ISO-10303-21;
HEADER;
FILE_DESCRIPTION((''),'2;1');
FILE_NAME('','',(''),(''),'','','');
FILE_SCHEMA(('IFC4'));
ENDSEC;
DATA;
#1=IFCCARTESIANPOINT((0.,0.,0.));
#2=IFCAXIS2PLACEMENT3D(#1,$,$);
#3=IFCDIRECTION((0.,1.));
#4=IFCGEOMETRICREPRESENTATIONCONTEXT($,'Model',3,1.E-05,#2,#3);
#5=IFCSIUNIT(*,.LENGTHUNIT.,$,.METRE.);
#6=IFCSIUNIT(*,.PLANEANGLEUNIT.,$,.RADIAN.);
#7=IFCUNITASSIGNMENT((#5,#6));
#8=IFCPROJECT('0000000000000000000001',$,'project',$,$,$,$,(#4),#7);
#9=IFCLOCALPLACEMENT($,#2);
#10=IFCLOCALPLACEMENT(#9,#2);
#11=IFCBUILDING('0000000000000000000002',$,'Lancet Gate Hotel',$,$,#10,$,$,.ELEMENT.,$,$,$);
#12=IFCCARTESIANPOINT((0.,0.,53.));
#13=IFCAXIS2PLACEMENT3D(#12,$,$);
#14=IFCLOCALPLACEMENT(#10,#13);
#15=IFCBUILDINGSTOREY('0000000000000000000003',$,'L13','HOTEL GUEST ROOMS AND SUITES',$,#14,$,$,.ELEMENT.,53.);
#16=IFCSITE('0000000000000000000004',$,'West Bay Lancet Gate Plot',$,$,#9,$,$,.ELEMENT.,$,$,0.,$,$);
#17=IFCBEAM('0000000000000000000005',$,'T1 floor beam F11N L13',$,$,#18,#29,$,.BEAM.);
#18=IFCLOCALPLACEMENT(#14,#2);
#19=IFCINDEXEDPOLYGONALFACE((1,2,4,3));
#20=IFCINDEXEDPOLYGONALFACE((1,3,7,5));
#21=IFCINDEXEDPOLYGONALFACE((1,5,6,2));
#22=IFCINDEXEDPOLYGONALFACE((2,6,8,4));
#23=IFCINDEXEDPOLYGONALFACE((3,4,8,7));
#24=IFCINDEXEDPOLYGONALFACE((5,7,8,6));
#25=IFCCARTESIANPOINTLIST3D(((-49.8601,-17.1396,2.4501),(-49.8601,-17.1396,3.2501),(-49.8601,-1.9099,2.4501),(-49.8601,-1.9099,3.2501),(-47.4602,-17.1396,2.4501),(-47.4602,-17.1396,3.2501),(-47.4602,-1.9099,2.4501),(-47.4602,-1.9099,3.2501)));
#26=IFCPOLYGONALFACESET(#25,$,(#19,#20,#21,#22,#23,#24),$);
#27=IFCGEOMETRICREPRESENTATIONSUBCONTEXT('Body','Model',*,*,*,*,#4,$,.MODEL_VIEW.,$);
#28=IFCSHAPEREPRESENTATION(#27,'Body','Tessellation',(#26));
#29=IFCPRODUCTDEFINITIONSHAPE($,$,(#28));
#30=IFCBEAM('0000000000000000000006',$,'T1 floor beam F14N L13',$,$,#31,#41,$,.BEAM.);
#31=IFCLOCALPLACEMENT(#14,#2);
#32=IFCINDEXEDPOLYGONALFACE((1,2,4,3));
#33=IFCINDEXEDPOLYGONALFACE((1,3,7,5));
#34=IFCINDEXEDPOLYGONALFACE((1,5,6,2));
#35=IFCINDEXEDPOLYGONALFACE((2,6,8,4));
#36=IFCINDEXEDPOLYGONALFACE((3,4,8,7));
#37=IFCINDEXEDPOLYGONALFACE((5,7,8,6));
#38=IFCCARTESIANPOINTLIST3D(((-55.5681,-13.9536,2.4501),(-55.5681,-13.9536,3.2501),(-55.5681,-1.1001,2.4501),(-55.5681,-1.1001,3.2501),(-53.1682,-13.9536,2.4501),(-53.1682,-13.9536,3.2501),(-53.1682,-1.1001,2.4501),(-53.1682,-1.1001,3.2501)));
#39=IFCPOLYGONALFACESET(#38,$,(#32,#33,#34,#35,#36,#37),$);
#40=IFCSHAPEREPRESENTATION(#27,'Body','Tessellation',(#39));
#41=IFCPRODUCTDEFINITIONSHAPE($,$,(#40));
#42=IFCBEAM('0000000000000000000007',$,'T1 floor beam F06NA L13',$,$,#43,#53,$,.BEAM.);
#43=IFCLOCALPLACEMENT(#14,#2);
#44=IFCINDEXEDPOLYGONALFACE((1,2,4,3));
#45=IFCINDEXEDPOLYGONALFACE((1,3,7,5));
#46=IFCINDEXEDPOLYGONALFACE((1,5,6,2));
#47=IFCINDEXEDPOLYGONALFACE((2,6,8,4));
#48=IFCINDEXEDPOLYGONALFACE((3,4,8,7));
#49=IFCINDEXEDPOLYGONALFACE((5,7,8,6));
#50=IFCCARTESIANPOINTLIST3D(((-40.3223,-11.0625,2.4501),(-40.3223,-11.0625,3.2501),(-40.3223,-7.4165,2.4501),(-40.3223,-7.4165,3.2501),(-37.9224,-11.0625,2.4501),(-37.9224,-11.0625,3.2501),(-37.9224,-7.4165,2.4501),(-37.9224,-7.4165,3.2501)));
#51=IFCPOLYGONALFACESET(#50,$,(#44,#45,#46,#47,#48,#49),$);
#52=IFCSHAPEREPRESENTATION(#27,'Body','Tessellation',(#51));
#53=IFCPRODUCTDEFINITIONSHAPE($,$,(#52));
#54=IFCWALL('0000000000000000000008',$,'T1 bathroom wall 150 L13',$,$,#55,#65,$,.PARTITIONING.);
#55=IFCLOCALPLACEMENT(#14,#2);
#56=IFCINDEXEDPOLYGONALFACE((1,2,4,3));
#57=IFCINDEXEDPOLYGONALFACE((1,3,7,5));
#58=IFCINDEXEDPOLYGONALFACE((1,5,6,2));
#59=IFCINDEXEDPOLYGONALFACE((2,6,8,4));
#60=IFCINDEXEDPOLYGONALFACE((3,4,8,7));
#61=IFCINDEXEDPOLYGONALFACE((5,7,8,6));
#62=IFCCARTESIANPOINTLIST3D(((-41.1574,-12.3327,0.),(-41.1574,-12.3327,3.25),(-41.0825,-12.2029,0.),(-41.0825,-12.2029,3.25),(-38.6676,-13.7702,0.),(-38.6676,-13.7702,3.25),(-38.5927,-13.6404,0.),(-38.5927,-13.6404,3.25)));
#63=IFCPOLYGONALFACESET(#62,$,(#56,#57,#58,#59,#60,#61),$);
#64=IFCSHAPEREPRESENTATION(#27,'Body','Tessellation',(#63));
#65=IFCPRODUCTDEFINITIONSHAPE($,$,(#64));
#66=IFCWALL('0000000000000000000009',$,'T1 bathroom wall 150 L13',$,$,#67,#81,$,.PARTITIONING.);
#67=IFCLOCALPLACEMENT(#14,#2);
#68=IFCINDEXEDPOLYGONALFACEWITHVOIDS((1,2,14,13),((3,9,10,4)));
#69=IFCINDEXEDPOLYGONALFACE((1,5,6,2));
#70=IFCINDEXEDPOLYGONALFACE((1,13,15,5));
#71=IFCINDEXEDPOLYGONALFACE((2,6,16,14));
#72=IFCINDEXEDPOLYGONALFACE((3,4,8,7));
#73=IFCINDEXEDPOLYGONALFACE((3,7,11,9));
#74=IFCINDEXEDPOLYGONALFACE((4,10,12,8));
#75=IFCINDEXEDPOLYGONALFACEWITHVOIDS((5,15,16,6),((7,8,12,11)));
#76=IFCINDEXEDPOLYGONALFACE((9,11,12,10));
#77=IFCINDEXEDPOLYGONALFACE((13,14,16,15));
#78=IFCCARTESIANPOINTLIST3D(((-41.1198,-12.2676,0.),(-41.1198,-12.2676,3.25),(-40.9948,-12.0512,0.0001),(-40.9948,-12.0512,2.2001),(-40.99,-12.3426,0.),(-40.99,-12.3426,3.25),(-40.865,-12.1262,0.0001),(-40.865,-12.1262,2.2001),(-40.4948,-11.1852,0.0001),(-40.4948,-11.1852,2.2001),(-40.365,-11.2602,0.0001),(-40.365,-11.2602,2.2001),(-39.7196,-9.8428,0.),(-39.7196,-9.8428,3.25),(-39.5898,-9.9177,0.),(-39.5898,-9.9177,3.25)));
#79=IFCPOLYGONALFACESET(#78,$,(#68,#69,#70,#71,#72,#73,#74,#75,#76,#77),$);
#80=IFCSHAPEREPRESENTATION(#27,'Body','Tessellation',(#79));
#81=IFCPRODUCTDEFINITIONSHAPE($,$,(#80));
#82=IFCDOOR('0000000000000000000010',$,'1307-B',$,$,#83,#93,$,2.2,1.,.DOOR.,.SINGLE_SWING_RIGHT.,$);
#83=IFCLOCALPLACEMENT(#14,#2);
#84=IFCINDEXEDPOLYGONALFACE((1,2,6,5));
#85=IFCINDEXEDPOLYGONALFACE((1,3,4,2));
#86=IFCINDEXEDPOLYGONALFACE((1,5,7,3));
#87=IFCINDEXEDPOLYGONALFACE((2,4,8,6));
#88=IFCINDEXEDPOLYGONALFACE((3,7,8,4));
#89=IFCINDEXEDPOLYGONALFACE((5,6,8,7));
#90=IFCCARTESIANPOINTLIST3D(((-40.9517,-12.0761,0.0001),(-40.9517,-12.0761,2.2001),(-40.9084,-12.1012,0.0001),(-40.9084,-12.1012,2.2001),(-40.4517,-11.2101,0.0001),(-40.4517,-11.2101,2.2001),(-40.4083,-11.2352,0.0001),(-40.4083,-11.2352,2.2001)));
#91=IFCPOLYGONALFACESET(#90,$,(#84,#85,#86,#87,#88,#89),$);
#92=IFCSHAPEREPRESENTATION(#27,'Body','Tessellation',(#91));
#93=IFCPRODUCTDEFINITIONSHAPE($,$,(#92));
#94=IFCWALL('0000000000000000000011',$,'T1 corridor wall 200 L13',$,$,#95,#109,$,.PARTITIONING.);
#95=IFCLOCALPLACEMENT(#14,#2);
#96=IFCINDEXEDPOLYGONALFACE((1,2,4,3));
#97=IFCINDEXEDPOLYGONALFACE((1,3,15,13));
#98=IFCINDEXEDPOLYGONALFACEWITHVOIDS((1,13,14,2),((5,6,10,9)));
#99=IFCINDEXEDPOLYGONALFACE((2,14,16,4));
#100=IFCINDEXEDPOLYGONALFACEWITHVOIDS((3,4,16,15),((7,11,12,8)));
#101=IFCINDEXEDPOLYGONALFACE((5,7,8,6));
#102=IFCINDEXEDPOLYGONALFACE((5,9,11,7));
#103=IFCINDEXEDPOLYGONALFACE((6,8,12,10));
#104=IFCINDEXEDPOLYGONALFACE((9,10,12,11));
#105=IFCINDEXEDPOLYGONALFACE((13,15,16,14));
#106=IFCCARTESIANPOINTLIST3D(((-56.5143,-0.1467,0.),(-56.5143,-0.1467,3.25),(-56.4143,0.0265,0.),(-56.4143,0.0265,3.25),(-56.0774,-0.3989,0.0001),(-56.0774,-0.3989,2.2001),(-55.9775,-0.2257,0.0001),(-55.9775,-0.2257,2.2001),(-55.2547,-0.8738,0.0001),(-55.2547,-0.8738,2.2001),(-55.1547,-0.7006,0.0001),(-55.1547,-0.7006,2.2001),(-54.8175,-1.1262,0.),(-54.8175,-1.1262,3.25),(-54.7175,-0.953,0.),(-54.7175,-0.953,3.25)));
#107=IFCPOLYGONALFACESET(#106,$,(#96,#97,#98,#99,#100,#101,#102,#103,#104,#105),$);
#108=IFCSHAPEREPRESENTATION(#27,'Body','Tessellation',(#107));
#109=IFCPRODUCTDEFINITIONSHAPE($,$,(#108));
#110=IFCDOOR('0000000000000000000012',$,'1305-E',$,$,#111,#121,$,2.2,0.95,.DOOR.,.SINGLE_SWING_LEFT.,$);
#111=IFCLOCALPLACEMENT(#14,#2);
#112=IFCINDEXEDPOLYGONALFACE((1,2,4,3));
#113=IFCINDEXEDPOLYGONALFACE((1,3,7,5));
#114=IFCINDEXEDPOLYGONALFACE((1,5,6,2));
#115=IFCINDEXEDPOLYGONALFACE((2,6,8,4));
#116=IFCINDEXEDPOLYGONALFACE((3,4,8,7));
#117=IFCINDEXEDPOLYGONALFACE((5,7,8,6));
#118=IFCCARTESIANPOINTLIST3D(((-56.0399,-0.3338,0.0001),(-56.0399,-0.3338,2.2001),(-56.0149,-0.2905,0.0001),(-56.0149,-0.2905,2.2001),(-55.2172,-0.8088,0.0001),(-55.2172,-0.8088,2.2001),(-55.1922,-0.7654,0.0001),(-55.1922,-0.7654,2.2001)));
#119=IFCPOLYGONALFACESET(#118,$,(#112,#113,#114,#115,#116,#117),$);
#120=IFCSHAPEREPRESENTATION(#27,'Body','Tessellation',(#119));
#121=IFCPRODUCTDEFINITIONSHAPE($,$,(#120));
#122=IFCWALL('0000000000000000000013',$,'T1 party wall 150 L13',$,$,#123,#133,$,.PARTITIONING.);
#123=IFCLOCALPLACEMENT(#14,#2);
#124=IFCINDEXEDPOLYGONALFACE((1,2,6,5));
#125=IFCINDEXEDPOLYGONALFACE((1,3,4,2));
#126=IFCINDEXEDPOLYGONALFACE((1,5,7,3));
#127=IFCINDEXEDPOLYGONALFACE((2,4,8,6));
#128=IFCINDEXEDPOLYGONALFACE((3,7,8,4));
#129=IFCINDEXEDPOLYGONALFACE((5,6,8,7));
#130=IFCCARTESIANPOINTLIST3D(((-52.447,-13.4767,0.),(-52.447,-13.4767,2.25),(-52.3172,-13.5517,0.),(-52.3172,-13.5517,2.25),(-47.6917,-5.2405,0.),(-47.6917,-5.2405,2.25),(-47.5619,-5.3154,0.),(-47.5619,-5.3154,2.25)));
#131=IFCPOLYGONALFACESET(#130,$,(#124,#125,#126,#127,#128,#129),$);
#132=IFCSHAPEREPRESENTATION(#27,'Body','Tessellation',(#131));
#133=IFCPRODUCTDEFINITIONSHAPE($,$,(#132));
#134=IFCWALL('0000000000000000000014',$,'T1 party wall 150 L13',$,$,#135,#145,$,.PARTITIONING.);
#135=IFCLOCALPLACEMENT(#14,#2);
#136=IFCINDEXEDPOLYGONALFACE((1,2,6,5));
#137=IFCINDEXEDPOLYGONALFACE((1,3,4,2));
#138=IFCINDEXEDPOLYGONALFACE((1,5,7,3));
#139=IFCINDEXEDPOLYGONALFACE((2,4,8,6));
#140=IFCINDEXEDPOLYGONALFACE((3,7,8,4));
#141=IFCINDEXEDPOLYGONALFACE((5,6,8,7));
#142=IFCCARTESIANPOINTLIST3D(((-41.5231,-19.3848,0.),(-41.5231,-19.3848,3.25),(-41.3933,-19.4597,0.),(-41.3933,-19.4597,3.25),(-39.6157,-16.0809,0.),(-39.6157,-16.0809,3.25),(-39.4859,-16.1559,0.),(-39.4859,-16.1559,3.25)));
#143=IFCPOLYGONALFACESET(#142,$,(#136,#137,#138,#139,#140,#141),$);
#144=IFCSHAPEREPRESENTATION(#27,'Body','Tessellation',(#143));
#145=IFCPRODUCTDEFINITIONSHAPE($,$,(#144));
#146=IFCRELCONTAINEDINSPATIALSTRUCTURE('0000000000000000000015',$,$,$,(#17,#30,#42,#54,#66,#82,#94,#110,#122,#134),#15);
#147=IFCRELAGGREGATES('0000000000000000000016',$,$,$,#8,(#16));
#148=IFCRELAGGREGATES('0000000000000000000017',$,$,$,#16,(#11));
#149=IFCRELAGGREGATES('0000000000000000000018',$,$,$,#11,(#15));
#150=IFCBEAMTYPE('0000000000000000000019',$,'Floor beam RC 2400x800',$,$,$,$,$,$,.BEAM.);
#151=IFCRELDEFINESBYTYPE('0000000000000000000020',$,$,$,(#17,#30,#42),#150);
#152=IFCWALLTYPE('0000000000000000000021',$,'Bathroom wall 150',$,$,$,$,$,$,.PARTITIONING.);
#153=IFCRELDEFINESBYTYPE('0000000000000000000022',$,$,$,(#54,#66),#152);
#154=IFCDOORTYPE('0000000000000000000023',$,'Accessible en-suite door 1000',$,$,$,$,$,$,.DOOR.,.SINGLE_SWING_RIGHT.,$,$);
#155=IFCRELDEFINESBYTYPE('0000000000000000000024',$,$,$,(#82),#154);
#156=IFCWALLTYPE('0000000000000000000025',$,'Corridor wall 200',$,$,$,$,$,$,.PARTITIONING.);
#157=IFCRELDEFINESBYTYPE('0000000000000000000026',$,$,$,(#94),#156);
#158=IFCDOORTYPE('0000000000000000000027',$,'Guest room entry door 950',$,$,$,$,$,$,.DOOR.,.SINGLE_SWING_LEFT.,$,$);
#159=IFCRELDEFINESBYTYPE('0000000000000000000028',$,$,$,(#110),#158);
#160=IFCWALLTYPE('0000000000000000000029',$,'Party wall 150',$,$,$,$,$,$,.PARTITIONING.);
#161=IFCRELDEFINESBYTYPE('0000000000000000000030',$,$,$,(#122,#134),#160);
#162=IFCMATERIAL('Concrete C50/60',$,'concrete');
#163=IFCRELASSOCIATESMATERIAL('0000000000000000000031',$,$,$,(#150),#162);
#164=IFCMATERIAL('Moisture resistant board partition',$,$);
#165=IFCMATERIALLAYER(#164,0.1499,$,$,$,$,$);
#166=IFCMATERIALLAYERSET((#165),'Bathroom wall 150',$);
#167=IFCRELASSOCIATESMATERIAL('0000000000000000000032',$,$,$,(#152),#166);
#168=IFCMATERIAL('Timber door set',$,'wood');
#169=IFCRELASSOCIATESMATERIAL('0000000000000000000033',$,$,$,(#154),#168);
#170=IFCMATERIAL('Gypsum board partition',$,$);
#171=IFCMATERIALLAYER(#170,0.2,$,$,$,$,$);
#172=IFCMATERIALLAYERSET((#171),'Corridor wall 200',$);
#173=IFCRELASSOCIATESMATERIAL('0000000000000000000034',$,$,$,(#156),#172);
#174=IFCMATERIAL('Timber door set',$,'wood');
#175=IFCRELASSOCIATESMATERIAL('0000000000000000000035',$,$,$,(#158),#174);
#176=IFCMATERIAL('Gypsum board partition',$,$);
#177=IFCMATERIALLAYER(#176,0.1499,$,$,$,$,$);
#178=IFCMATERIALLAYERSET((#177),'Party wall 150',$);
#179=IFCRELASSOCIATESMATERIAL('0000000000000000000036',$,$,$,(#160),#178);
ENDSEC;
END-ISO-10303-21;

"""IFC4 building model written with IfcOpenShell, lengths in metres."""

from ifc_helpers import new_model, si_unit, direction, frame, frame_2d, origin, origin_2d, place, context, subcontext, project, spatial, rectangle, extrude, material, layer, layer_set, material_profile, profile_set, type_object, element, fill, save


model = new_model("IFC4")

# Units and contexts
model_context = context("Model", 3, precision=1e-05, world=origin(), true_north=direction((0.0, 1.0)))
body_context = subcontext(model_context, "Body", "Model", "MODEL_VIEW")
ifc_project = project(units=[si_unit("LENGTHUNIT", "METRE"), si_unit("PLANEANGLEUNIT", "RADIAN")], contexts=[model_context])

# Site, building, storey
site_placement = place(None, origin())
site = spatial("IfcSite", under=ifc_project, at=site_placement, Name="West Bay Lancet Gate Plot", CompositionType="ELEMENT", RefElevation=0.0)
building_placement = place(site_placement, origin())
building = spatial("IfcBuilding", under=site, at=building_placement, Name="Lancet Gate Hotel", CompositionType="ELEMENT")
storey_placement = place(building_placement, frame((0.0, 0.0, 53.0)))
storey = spatial("IfcBuildingStorey", under=building, at=storey_placement, Name="L13", Description="HOTEL GUEST ROOMS AND SUITES", CompositionType="ELEMENT", Elevation=53.0)

# Beams
ifc_material_1 = material(Name="Concrete C50/60", Category="concrete")
ifc_material_profile_1 = material_profile(ifc_material_1, rectangle(XDim=2.3999, YDim=0.8, at=origin_2d()), Name="RC 2400x800")
ifc_profile_set_1 = profile_set([ifc_material_profile_1], Name="Concrete C50/60")
beam_type_1 = type_object("IfcBeamType", Name="Floor beam RC 2400x800", PredefinedType="BEAM", material=ifc_profile_set_1)
beam_1_placement = place(storey_placement, frame((-48.6602, -1.9099, 2.8501), z_axis=(0.0, -1.0, 0.0), x_axis=(1.0, 0.0, 0.0)))
element("IfcBeam", 1, at=beam_1_placement, inside=storey, type_object=beam_type_1, Name="T1 floor beam F11N L13", PredefinedType="BEAM", context=body_context, shape_type="SweptSolid", body=[
    extrude(rectangle(XDim=2.3999, YDim=0.8, at=origin_2d()), origin(), (0.0, 0.0, 1.0), 15.2297),
])
beam_2_placement = place(storey_placement, frame((-54.3682, -1.1001, 2.8501), z_axis=(0.0, -1.0, 0.0), x_axis=(1.0, 0.0, 0.0)))
element("IfcBeam", 2, at=beam_2_placement, inside=storey, type_object=beam_type_1, Name="T1 floor beam F14N L13", PredefinedType="BEAM", context=body_context, shape_type="SweptSolid", body=[
    extrude(rectangle(XDim=2.3999, YDim=0.8, at=origin_2d()), origin(), (0.0, 0.0, 1.0), 12.8535),
])
beam_3_placement = place(storey_placement, frame((-39.1223, -7.4165, 2.8501), z_axis=(0.0, -1.0, 0.0), x_axis=(1.0, 0.0, 0.0)))
element("IfcBeam", 3, at=beam_3_placement, inside=storey, type_object=beam_type_1, Name="T1 floor beam F06NA L13", PredefinedType="BEAM", context=body_context, shape_type="SweptSolid", body=[
    extrude(rectangle(XDim=2.3999, YDim=0.8, at=origin_2d()), origin(), (0.0, 0.0, 1.0), 3.646),
])

# Wall
ifc_material_2 = material(Name="Moisture resistant board partition")
ifc_layer_1 = layer(ifc_material_2, 0.1499)
ifc_layer_set_1 = layer_set([ifc_layer_1], Name="Bathroom wall 150")
wall_type_1 = type_object("IfcWallType", Name="Bathroom wall 150", PredefinedType="PARTITIONING", material=ifc_layer_set_1)
wall_1_placement = place(storey_placement, frame((-38.6301, -13.7053, 0.0), z_axis=(0.0, 0.0, 1.0), x_axis=(-0.866019, 0.500012, 0.0)))
element("IfcWall", 4, at=wall_1_placement, inside=storey, type_object=wall_type_1, Name="T1 bathroom wall 150 L13", PredefinedType="PARTITIONING", context=body_context, shape_type="SweptSolid", body=[
    extrude(rectangle(XDim=2.875, YDim=0.1499, at=frame_2d((1.4375, 0.0))), origin(), (0.0, 0.0, 1.0), 3.25),
])

# Walls, openings, doors
wall_2_placement = place(storey_placement, frame((-39.6548, -9.8804, 0.0), z_axis=(0.0, 0.0, 1.0), x_axis=(-0.50005, -0.865997, 0.0)))
wall_2 = element("IfcWall", 5, at=wall_2_placement, inside=storey, type_object=wall_type_1, Name="T1 bathroom wall 150 L13", PredefinedType="PARTITIONING", context=body_context, shape_type="SweptSolid", body=[
    extrude(rectangle(XDim=2.8, YDim=0.1499, at=frame_2d((1.3999, 0.0))), origin(), (0.0, 0.0, 1.0), 3.25),
])
opening_1_placement = place(wall_2_placement, frame((1.55, 0.0, 0.0)))
opening_1 = element("IfcOpeningElement", 6, at=opening_1_placement, cuts=wall_2, PredefinedType="OPENING", context=body_context, shape_type="SweptSolid", body=[
    extrude(rectangle(XDim=1.0, YDim=2.2, at=frame_2d((0.5, 1.1001))), frame((0.0, 0.085, 0.0), z_axis=(0.0, -1.0, 0.0), x_axis=(1.0, 0.0, 0.0)), (0.0, 0.0, 1.0), 0.1699),
])
ifc_material_3 = material(Name="Timber door set", Category="wood")
door_type_1 = type_object("IfcDoorType", Name="Accessible en-suite door 1000", OperationType="SINGLE_SWING_RIGHT", PredefinedType="DOOR", material=ifc_material_3)
door_1_placement = place(opening_1_placement, origin())
door_1 = element("IfcDoor", 7, at=door_1_placement, inside=storey, type_object=door_type_1, Name="1307-B", OperationType="SINGLE_SWING_RIGHT", OverallHeight=2.2, OverallWidth=1.0, PredefinedType="DOOR", context=body_context, shape_type="SweptSolid", body=[
    extrude(rectangle(XDim=1.0, YDim=2.2, at=frame_2d((0.5, 1.1001))), frame((0.0, 0.0249, 0.0), z_axis=(0.0, -1.0, 0.0), x_axis=(1.0, 0.0, 0.0)), (0.0, 0.0, 1.0), 0.05),
])
fill(opening_1, door_1)
ifc_material_4 = material(Name="Gypsum board partition")
ifc_layer_2 = layer(ifc_material_4, 0.2)
ifc_layer_set_2 = layer_set([ifc_layer_2], Name="Corridor wall 200")
wall_type_2 = type_object("IfcWallType", Name="Corridor wall 200", PredefinedType="PARTITIONING", material=ifc_layer_set_2)
wall_3_placement = place(storey_placement, frame((-54.7676, -1.0396, 0.0), z_axis=(0.0, 0.0, 1.0), x_axis=(-0.866057, 0.499945, 0.0)))
wall_3 = element("IfcWall", 8, at=wall_3_placement, inside=storey, type_object=wall_type_2, Name="T1 corridor wall 200 L13", PredefinedType="PARTITIONING", context=body_context, shape_type="SweptSolid", body=[
    extrude(rectangle(XDim=1.9592, YDim=0.2, at=frame_2d((0.9795, 0.0))), origin(), (0.0, 0.0, 1.0), 3.25),
])
opening_2_placement = place(wall_3_placement, frame((0.5046, 0.0, 0.0)))
opening_2 = element("IfcOpeningElement", 9, at=opening_2_placement, cuts=wall_3, PredefinedType="OPENING", context=body_context, shape_type="SweptSolid", body=[
    extrude(rectangle(XDim=0.95, YDim=2.2, at=frame_2d((0.4751, 1.1001))), frame((0.0, 0.1099, 0.0), z_axis=(0.0, -1.0, 0.0), x_axis=(1.0, 0.0, 0.0)), (0.0, 0.0, 1.0), 0.22),
])
ifc_material_5 = material(Name="Timber door set", Category="wood")
door_type_2 = type_object("IfcDoorType", Name="Guest room entry door 950", OperationType="SINGLE_SWING_LEFT", PredefinedType="DOOR", material=ifc_material_5)
door_2_placement = place(opening_2_placement, origin())
door_2 = element("IfcDoor", 10, at=door_2_placement, inside=storey, type_object=door_type_2, Name="1305-E", OperationType="SINGLE_SWING_LEFT", OverallHeight=2.2, OverallWidth=0.95, PredefinedType="DOOR", context=body_context, shape_type="SweptSolid", body=[
    extrude(rectangle(XDim=0.95, YDim=2.2, at=frame_2d((0.4751, 1.1001))), frame((0.0, 0.0249, 0.0), z_axis=(0.0, -1.0, 0.0), x_axis=(1.0, 0.0, 0.0)), (0.0, 0.0, 1.0), 0.05),
])
fill(opening_2, door_2)

# Walls
ifc_material_6 = material(Name="Gypsum board partition")
ifc_layer_3 = layer(ifc_material_6, 0.1499)
ifc_layer_set_3 = layer_set([ifc_layer_3], Name="Party wall 150")
wall_type_3 = type_object("IfcWallType", Name="Party wall 150", PredefinedType="PARTITIONING", material=ifc_layer_set_3)
wall_4_placement = place(storey_placement, frame((-47.6267, -5.2778, 0.0), z_axis=(0.0, 0.0, 1.0), x_axis=(-0.50001, -0.86602, 0.0)))
element("IfcWall", 11, at=wall_4_placement, inside=storey, type_object=wall_type_3, Name="T1 party wall 150 L13", PredefinedType="PARTITIONING", context=body_context, shape_type="SweptSolid", body=[
    extrude(rectangle(XDim=9.5105, YDim=0.1499, at=frame_2d((4.7554, 0.0))), origin(), (0.0, 0.0, 1.0), 2.25),
])
wall_5_placement = place(storey_placement, frame((-39.5508, -16.1184, 0.0), z_axis=(0.0, 0.0, 1.0), x_axis=(-0.499987, -0.866033, 0.0)))
element("IfcWall", 12, at=wall_5_placement, inside=storey, type_object=wall_type_3, Name="T1 party wall 150 L13", PredefinedType="PARTITIONING", context=body_context, shape_type="SweptSolid", body=[
    extrude(rectangle(XDim=3.8149, YDim=0.1499, at=frame_2d((1.9075, 0.0))), origin(), (0.0, 0.0, 1.0), 3.25),
])

save(model, "model.ifc")
